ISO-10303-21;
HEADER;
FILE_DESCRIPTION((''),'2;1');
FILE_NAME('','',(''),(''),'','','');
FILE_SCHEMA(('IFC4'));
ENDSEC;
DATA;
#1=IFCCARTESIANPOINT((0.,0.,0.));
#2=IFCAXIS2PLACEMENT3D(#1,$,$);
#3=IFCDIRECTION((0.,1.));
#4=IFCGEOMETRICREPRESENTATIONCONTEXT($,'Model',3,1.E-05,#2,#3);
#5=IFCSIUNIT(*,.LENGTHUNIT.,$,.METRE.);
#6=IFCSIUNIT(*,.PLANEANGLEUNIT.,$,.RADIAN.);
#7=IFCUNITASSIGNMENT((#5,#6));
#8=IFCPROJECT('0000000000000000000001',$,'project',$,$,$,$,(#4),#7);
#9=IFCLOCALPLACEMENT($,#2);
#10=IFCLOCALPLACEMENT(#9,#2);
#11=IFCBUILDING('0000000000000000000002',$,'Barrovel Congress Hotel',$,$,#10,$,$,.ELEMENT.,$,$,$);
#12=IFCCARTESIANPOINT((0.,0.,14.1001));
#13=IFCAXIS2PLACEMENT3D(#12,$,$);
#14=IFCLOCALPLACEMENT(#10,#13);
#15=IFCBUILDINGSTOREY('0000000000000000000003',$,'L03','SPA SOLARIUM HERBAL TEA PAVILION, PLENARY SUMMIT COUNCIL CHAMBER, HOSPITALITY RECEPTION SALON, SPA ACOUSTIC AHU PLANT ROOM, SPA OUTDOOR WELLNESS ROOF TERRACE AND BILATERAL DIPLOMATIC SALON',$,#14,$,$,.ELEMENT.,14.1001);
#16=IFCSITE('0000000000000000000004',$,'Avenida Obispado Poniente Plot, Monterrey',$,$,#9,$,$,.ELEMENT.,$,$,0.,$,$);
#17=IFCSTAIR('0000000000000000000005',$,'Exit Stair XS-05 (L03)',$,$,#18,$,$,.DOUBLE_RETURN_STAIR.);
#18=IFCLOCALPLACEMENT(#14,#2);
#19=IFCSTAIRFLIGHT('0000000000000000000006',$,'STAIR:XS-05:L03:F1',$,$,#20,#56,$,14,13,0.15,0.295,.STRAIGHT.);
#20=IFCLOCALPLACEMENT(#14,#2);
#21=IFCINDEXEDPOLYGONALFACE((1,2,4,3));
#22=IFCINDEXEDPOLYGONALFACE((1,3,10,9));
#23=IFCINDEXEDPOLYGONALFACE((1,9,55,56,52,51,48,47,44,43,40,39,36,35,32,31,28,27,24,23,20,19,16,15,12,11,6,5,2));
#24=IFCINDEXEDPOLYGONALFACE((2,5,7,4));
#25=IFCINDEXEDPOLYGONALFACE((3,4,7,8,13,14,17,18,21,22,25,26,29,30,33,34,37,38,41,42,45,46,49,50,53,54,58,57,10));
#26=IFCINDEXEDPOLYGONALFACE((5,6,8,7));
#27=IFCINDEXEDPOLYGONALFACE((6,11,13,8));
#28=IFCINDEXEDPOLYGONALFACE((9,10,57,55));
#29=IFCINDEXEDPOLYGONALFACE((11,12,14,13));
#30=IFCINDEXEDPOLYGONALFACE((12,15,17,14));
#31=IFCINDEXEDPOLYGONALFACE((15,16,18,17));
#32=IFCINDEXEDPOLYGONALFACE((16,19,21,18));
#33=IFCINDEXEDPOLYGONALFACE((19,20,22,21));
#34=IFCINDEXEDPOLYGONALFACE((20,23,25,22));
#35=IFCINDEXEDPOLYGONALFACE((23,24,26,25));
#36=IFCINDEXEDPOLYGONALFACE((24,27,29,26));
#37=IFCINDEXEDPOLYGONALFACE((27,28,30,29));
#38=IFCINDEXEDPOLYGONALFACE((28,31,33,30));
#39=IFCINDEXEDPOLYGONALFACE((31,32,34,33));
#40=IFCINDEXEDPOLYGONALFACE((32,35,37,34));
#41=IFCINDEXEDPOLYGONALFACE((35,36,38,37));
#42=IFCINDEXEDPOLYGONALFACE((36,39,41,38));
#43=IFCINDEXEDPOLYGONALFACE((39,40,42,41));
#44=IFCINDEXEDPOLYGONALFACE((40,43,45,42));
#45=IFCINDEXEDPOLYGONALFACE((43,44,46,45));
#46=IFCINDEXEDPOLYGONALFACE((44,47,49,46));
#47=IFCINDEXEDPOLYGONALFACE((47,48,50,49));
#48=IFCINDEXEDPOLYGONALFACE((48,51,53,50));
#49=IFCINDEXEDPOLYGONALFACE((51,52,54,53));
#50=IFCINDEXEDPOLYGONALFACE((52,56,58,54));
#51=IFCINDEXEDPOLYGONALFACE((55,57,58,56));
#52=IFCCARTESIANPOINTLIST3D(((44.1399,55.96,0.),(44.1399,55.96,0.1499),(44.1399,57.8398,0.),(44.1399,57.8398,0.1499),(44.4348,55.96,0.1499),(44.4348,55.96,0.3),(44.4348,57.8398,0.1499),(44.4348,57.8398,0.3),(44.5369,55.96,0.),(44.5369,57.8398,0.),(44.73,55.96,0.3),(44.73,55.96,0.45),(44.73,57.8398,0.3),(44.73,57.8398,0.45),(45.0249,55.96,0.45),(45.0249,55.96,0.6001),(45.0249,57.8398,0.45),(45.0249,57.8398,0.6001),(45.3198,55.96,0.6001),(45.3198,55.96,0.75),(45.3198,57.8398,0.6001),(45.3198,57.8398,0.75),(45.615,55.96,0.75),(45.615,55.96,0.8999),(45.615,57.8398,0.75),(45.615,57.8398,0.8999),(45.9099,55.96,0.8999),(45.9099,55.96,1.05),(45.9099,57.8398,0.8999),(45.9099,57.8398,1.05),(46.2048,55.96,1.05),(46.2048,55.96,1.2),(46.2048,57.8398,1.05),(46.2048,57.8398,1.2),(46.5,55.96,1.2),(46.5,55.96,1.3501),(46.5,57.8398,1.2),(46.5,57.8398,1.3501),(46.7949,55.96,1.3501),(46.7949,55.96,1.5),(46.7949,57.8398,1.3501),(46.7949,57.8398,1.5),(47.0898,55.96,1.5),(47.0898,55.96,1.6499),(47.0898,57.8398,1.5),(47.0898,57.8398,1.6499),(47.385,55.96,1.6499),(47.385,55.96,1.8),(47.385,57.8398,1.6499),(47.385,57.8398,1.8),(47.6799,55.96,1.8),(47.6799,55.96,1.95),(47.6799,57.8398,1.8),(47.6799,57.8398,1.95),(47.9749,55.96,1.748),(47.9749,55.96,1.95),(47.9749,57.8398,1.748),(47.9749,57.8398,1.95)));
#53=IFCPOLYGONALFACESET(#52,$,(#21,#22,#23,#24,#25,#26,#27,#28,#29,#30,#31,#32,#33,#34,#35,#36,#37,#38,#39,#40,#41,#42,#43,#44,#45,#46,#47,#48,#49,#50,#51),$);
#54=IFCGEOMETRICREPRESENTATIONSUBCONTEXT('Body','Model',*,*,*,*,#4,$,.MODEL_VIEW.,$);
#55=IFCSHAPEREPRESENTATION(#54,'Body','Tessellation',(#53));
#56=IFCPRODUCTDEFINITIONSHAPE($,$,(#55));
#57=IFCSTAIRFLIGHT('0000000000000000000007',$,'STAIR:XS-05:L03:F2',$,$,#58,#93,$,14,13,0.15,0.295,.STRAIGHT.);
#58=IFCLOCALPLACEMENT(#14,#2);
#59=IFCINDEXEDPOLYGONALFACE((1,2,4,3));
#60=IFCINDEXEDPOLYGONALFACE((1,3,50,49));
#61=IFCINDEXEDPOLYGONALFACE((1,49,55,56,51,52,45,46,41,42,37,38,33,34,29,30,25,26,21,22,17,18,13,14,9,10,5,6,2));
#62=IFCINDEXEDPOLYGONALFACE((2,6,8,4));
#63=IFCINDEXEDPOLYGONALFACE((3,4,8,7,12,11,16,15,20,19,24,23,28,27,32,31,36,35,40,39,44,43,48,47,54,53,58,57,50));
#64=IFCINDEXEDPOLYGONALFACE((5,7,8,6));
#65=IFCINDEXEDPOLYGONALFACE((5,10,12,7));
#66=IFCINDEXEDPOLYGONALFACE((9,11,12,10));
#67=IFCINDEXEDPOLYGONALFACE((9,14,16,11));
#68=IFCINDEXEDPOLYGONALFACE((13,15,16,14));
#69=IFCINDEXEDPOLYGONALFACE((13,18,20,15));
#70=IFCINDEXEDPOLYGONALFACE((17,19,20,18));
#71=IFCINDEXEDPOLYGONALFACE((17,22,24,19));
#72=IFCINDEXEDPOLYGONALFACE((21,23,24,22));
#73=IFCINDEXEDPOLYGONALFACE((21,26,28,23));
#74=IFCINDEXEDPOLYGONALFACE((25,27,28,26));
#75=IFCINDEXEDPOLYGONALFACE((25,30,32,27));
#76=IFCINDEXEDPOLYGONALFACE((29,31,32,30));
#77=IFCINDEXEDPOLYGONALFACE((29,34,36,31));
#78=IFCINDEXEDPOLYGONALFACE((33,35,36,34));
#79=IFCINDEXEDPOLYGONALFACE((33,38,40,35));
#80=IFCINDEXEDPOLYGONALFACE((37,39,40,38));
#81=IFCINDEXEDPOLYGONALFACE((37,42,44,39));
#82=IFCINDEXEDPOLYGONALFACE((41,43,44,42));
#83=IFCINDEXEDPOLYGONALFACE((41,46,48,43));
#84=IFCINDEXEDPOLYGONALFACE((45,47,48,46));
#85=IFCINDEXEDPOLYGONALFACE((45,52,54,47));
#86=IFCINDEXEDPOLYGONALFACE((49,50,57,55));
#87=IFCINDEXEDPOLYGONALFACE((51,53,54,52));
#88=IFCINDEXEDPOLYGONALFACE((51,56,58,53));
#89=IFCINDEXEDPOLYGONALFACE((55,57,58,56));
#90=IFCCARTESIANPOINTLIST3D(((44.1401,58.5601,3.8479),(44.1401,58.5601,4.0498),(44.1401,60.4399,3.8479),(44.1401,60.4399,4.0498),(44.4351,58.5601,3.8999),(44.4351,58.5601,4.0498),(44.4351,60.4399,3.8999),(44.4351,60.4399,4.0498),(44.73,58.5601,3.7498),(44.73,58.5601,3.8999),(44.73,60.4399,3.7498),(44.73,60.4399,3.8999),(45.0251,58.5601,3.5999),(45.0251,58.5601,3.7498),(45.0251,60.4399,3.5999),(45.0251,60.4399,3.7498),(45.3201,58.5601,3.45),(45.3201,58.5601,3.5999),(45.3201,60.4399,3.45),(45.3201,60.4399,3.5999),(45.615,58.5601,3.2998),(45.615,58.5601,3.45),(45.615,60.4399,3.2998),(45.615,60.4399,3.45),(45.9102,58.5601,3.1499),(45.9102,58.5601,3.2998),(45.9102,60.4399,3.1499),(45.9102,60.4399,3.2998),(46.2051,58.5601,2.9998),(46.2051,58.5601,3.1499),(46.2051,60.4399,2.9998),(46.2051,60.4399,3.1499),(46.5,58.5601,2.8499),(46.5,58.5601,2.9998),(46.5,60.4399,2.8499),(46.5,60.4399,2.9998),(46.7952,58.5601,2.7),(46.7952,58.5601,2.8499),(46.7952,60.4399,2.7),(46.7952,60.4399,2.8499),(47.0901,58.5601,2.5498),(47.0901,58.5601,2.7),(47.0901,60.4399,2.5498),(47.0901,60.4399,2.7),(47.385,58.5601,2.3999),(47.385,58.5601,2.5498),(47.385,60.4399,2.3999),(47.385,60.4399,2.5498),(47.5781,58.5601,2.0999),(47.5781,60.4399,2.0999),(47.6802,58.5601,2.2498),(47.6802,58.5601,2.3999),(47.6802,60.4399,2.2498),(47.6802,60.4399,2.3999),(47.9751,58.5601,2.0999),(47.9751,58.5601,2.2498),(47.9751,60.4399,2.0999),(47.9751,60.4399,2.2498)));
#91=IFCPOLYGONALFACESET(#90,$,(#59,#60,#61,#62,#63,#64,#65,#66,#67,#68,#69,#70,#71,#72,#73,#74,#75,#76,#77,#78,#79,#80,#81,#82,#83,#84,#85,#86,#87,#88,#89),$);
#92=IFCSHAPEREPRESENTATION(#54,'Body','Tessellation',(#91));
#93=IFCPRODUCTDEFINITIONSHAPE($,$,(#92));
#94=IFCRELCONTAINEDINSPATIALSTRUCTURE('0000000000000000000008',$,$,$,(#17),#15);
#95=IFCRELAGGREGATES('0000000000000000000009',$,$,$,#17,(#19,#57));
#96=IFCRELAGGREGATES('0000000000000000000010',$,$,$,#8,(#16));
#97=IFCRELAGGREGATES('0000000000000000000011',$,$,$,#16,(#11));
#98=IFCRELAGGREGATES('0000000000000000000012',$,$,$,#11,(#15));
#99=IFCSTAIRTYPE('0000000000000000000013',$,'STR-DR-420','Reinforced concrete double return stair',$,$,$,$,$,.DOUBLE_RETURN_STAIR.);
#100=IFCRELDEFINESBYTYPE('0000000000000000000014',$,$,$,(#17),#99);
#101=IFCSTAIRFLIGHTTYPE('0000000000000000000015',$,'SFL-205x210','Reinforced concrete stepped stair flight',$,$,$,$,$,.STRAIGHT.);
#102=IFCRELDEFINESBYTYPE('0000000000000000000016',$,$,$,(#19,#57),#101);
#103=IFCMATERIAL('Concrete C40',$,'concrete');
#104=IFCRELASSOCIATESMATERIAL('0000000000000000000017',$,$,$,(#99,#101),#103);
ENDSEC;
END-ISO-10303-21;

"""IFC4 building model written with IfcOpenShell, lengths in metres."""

from ifc_helpers import new_model, si_unit, direction, frame, origin, place, context, subcontext, project, spatial, polyline, outline, extrude, material, type_object, element, aggregate, save


model = new_model("IFC4")

# Units and contexts
model_context = context("Model", 3, precision=1e-05, world=origin(), true_north=direction((0.0, 1.0)))
body_context = subcontext(model_context, "Body", "Model", "MODEL_VIEW")
ifc_project = project(units=[si_unit("LENGTHUNIT", "METRE"), si_unit("PLANEANGLEUNIT", "RADIAN")], contexts=[model_context])

# Site, building, storey
site_placement = place(None, origin())
site = spatial("IfcSite", under=ifc_project, at=site_placement, Name="Avenida Obispado Poniente Plot, Monterrey", CompositionType="ELEMENT", RefElevation=0.0)
building_placement = place(site_placement, origin())
building = spatial("IfcBuilding", under=site, at=building_placement, Name="Barrovel Congress Hotel", CompositionType="ELEMENT")
storey_placement = place(building_placement, frame((0.0, 0.0, 14.1001)))
storey = spatial("IfcBuildingStorey", under=building, at=storey_placement, Name="L03", Description="SPA SOLARIUM HERBAL TEA PAVILION, PLENARY SUMMIT COUNCIL CHAMBER, HOSPITALITY RECEPTION SALON, SPA ACOUSTIC AHU PLANT ROOM, SPA OUTDOOR WELLNESS ROOF TERRACE AND BILATERAL DIPLOMATIC SALON", CompositionType="ELEMENT", Elevation=14.1001)

# Shared definitions
ifc_material_1 = material(Name="Concrete C40", Category="concrete")

# Stair, stair flights
stair_type = type_object("IfcStairType", Name="STR-DR-420", Description="Reinforced concrete double return stair", PredefinedType="DOUBLE_RETURN_STAIR", material=ifc_material_1)
stair_placement = place(storey_placement, origin())
stair = element("IfcStair", 1, at=stair_placement, inside=storey, type_object=stair_type, Name="Exit Stair XS-05 (L03)", PredefinedType="DOUBLE_RETURN_STAIR")
stair_flight_type = type_object("IfcStairFlightType", Name="SFL-205x210", Description="Reinforced concrete stepped stair flight", PredefinedType="STRAIGHT", material=ifc_material_1)
stair_flight_1_placement = place(storey_placement, frame((44.1399, 56.8999, 0.0), z_axis=(0.0, 0.0, 1.0), x_axis=(1.0, 0.0, 0.0)))
stair_flight_1 = element("IfcStairFlight", 2, at=stair_flight_1_placement, type_object=stair_flight_type, Name="STAIR:XS-05:L03:F1", NumberOfRisers=14, NumberOfTreads=13, PredefinedType="STRAIGHT", RiserHeight=0.15, TreadLength=0.295, context=body_context, shape_type="SweptSolid", body=[
    extrude(outline(polyline([(0.0, 0.0), (0.0, 0.1499), (0.2949, 0.1499), (0.2949, 0.3), (0.5901, 0.3), (0.5901, 0.45), (0.885, 0.45), (0.885, 0.6001), (1.1799, 0.6001), (1.1799, 0.75), (1.4751, 0.75), (1.4751, 0.8999), (1.77, 0.8999), (1.77, 1.05), (2.0649, 1.05), (2.0649, 1.2), (2.3601, 1.2), (2.3601, 1.3501), (2.655, 1.3501), (2.655, 1.5), (2.95, 1.5), (2.95, 1.6499), (3.2451, 1.6499), (3.2451, 1.8), (3.54, 1.8), (3.54, 1.95), (3.835, 1.95), (3.835, 2.1001), (3.835, 1.748), (0.397, 0.0), (0.0, 0.0)])), frame((0.0, 0.9399, 0.0), z_axis=(0.0, -1.0, 0.0), x_axis=(1.0, 0.0, 0.0)), (0.0, 0.0, 1.0), 1.8799),
])
stair_flight_2_placement = place(storey_placement, frame((47.9751, 59.5, 2.0999), z_axis=(0.0, 0.0, 1.0), x_axis=(-1.0, 0.0, 0.0)))
stair_flight_2 = element("IfcStairFlight", 3, at=stair_flight_2_placement, type_object=stair_flight_type, Name="STAIR:XS-05:L03:F2", NumberOfRisers=14, NumberOfTreads=13, PredefinedType="STRAIGHT", RiserHeight=0.15, TreadLength=0.295, context=body_context, shape_type="SweptSolid", body=[
    extrude(outline(polyline([(0.0, 0.0), (0.0, 0.1499), (0.2949, 0.1499), (0.2949, 0.3), (0.5901, 0.3), (0.5901, 0.45), (0.885, 0.45), (0.885, 0.6001), (1.1799, 0.6001), (1.1799, 0.75), (1.4751, 0.75), (1.4751, 0.8999), (1.77, 0.8999), (1.77, 1.05), (2.0649, 1.05), (2.0649, 1.2), (2.3601, 1.2), (2.3601, 1.3501), (2.655, 1.3501), (2.655, 1.5), (2.95, 1.5), (2.95, 1.6499), (3.2451, 1.6499), (3.2451, 1.8), (3.54, 1.8), (3.54, 1.95), (3.835, 1.95), (3.835, 2.1001), (3.835, 1.748), (0.397, 0.0), (0.0, 0.0)])), frame((0.0, 0.9399, 0.0), z_axis=(0.0, -1.0, 0.0), x_axis=(1.0, 0.0, 0.0)), (0.0, 0.0, 1.0), 1.8799),
])
aggregate(stair, [stair_flight_1, stair_flight_2])

save(model, "model.ifc")
